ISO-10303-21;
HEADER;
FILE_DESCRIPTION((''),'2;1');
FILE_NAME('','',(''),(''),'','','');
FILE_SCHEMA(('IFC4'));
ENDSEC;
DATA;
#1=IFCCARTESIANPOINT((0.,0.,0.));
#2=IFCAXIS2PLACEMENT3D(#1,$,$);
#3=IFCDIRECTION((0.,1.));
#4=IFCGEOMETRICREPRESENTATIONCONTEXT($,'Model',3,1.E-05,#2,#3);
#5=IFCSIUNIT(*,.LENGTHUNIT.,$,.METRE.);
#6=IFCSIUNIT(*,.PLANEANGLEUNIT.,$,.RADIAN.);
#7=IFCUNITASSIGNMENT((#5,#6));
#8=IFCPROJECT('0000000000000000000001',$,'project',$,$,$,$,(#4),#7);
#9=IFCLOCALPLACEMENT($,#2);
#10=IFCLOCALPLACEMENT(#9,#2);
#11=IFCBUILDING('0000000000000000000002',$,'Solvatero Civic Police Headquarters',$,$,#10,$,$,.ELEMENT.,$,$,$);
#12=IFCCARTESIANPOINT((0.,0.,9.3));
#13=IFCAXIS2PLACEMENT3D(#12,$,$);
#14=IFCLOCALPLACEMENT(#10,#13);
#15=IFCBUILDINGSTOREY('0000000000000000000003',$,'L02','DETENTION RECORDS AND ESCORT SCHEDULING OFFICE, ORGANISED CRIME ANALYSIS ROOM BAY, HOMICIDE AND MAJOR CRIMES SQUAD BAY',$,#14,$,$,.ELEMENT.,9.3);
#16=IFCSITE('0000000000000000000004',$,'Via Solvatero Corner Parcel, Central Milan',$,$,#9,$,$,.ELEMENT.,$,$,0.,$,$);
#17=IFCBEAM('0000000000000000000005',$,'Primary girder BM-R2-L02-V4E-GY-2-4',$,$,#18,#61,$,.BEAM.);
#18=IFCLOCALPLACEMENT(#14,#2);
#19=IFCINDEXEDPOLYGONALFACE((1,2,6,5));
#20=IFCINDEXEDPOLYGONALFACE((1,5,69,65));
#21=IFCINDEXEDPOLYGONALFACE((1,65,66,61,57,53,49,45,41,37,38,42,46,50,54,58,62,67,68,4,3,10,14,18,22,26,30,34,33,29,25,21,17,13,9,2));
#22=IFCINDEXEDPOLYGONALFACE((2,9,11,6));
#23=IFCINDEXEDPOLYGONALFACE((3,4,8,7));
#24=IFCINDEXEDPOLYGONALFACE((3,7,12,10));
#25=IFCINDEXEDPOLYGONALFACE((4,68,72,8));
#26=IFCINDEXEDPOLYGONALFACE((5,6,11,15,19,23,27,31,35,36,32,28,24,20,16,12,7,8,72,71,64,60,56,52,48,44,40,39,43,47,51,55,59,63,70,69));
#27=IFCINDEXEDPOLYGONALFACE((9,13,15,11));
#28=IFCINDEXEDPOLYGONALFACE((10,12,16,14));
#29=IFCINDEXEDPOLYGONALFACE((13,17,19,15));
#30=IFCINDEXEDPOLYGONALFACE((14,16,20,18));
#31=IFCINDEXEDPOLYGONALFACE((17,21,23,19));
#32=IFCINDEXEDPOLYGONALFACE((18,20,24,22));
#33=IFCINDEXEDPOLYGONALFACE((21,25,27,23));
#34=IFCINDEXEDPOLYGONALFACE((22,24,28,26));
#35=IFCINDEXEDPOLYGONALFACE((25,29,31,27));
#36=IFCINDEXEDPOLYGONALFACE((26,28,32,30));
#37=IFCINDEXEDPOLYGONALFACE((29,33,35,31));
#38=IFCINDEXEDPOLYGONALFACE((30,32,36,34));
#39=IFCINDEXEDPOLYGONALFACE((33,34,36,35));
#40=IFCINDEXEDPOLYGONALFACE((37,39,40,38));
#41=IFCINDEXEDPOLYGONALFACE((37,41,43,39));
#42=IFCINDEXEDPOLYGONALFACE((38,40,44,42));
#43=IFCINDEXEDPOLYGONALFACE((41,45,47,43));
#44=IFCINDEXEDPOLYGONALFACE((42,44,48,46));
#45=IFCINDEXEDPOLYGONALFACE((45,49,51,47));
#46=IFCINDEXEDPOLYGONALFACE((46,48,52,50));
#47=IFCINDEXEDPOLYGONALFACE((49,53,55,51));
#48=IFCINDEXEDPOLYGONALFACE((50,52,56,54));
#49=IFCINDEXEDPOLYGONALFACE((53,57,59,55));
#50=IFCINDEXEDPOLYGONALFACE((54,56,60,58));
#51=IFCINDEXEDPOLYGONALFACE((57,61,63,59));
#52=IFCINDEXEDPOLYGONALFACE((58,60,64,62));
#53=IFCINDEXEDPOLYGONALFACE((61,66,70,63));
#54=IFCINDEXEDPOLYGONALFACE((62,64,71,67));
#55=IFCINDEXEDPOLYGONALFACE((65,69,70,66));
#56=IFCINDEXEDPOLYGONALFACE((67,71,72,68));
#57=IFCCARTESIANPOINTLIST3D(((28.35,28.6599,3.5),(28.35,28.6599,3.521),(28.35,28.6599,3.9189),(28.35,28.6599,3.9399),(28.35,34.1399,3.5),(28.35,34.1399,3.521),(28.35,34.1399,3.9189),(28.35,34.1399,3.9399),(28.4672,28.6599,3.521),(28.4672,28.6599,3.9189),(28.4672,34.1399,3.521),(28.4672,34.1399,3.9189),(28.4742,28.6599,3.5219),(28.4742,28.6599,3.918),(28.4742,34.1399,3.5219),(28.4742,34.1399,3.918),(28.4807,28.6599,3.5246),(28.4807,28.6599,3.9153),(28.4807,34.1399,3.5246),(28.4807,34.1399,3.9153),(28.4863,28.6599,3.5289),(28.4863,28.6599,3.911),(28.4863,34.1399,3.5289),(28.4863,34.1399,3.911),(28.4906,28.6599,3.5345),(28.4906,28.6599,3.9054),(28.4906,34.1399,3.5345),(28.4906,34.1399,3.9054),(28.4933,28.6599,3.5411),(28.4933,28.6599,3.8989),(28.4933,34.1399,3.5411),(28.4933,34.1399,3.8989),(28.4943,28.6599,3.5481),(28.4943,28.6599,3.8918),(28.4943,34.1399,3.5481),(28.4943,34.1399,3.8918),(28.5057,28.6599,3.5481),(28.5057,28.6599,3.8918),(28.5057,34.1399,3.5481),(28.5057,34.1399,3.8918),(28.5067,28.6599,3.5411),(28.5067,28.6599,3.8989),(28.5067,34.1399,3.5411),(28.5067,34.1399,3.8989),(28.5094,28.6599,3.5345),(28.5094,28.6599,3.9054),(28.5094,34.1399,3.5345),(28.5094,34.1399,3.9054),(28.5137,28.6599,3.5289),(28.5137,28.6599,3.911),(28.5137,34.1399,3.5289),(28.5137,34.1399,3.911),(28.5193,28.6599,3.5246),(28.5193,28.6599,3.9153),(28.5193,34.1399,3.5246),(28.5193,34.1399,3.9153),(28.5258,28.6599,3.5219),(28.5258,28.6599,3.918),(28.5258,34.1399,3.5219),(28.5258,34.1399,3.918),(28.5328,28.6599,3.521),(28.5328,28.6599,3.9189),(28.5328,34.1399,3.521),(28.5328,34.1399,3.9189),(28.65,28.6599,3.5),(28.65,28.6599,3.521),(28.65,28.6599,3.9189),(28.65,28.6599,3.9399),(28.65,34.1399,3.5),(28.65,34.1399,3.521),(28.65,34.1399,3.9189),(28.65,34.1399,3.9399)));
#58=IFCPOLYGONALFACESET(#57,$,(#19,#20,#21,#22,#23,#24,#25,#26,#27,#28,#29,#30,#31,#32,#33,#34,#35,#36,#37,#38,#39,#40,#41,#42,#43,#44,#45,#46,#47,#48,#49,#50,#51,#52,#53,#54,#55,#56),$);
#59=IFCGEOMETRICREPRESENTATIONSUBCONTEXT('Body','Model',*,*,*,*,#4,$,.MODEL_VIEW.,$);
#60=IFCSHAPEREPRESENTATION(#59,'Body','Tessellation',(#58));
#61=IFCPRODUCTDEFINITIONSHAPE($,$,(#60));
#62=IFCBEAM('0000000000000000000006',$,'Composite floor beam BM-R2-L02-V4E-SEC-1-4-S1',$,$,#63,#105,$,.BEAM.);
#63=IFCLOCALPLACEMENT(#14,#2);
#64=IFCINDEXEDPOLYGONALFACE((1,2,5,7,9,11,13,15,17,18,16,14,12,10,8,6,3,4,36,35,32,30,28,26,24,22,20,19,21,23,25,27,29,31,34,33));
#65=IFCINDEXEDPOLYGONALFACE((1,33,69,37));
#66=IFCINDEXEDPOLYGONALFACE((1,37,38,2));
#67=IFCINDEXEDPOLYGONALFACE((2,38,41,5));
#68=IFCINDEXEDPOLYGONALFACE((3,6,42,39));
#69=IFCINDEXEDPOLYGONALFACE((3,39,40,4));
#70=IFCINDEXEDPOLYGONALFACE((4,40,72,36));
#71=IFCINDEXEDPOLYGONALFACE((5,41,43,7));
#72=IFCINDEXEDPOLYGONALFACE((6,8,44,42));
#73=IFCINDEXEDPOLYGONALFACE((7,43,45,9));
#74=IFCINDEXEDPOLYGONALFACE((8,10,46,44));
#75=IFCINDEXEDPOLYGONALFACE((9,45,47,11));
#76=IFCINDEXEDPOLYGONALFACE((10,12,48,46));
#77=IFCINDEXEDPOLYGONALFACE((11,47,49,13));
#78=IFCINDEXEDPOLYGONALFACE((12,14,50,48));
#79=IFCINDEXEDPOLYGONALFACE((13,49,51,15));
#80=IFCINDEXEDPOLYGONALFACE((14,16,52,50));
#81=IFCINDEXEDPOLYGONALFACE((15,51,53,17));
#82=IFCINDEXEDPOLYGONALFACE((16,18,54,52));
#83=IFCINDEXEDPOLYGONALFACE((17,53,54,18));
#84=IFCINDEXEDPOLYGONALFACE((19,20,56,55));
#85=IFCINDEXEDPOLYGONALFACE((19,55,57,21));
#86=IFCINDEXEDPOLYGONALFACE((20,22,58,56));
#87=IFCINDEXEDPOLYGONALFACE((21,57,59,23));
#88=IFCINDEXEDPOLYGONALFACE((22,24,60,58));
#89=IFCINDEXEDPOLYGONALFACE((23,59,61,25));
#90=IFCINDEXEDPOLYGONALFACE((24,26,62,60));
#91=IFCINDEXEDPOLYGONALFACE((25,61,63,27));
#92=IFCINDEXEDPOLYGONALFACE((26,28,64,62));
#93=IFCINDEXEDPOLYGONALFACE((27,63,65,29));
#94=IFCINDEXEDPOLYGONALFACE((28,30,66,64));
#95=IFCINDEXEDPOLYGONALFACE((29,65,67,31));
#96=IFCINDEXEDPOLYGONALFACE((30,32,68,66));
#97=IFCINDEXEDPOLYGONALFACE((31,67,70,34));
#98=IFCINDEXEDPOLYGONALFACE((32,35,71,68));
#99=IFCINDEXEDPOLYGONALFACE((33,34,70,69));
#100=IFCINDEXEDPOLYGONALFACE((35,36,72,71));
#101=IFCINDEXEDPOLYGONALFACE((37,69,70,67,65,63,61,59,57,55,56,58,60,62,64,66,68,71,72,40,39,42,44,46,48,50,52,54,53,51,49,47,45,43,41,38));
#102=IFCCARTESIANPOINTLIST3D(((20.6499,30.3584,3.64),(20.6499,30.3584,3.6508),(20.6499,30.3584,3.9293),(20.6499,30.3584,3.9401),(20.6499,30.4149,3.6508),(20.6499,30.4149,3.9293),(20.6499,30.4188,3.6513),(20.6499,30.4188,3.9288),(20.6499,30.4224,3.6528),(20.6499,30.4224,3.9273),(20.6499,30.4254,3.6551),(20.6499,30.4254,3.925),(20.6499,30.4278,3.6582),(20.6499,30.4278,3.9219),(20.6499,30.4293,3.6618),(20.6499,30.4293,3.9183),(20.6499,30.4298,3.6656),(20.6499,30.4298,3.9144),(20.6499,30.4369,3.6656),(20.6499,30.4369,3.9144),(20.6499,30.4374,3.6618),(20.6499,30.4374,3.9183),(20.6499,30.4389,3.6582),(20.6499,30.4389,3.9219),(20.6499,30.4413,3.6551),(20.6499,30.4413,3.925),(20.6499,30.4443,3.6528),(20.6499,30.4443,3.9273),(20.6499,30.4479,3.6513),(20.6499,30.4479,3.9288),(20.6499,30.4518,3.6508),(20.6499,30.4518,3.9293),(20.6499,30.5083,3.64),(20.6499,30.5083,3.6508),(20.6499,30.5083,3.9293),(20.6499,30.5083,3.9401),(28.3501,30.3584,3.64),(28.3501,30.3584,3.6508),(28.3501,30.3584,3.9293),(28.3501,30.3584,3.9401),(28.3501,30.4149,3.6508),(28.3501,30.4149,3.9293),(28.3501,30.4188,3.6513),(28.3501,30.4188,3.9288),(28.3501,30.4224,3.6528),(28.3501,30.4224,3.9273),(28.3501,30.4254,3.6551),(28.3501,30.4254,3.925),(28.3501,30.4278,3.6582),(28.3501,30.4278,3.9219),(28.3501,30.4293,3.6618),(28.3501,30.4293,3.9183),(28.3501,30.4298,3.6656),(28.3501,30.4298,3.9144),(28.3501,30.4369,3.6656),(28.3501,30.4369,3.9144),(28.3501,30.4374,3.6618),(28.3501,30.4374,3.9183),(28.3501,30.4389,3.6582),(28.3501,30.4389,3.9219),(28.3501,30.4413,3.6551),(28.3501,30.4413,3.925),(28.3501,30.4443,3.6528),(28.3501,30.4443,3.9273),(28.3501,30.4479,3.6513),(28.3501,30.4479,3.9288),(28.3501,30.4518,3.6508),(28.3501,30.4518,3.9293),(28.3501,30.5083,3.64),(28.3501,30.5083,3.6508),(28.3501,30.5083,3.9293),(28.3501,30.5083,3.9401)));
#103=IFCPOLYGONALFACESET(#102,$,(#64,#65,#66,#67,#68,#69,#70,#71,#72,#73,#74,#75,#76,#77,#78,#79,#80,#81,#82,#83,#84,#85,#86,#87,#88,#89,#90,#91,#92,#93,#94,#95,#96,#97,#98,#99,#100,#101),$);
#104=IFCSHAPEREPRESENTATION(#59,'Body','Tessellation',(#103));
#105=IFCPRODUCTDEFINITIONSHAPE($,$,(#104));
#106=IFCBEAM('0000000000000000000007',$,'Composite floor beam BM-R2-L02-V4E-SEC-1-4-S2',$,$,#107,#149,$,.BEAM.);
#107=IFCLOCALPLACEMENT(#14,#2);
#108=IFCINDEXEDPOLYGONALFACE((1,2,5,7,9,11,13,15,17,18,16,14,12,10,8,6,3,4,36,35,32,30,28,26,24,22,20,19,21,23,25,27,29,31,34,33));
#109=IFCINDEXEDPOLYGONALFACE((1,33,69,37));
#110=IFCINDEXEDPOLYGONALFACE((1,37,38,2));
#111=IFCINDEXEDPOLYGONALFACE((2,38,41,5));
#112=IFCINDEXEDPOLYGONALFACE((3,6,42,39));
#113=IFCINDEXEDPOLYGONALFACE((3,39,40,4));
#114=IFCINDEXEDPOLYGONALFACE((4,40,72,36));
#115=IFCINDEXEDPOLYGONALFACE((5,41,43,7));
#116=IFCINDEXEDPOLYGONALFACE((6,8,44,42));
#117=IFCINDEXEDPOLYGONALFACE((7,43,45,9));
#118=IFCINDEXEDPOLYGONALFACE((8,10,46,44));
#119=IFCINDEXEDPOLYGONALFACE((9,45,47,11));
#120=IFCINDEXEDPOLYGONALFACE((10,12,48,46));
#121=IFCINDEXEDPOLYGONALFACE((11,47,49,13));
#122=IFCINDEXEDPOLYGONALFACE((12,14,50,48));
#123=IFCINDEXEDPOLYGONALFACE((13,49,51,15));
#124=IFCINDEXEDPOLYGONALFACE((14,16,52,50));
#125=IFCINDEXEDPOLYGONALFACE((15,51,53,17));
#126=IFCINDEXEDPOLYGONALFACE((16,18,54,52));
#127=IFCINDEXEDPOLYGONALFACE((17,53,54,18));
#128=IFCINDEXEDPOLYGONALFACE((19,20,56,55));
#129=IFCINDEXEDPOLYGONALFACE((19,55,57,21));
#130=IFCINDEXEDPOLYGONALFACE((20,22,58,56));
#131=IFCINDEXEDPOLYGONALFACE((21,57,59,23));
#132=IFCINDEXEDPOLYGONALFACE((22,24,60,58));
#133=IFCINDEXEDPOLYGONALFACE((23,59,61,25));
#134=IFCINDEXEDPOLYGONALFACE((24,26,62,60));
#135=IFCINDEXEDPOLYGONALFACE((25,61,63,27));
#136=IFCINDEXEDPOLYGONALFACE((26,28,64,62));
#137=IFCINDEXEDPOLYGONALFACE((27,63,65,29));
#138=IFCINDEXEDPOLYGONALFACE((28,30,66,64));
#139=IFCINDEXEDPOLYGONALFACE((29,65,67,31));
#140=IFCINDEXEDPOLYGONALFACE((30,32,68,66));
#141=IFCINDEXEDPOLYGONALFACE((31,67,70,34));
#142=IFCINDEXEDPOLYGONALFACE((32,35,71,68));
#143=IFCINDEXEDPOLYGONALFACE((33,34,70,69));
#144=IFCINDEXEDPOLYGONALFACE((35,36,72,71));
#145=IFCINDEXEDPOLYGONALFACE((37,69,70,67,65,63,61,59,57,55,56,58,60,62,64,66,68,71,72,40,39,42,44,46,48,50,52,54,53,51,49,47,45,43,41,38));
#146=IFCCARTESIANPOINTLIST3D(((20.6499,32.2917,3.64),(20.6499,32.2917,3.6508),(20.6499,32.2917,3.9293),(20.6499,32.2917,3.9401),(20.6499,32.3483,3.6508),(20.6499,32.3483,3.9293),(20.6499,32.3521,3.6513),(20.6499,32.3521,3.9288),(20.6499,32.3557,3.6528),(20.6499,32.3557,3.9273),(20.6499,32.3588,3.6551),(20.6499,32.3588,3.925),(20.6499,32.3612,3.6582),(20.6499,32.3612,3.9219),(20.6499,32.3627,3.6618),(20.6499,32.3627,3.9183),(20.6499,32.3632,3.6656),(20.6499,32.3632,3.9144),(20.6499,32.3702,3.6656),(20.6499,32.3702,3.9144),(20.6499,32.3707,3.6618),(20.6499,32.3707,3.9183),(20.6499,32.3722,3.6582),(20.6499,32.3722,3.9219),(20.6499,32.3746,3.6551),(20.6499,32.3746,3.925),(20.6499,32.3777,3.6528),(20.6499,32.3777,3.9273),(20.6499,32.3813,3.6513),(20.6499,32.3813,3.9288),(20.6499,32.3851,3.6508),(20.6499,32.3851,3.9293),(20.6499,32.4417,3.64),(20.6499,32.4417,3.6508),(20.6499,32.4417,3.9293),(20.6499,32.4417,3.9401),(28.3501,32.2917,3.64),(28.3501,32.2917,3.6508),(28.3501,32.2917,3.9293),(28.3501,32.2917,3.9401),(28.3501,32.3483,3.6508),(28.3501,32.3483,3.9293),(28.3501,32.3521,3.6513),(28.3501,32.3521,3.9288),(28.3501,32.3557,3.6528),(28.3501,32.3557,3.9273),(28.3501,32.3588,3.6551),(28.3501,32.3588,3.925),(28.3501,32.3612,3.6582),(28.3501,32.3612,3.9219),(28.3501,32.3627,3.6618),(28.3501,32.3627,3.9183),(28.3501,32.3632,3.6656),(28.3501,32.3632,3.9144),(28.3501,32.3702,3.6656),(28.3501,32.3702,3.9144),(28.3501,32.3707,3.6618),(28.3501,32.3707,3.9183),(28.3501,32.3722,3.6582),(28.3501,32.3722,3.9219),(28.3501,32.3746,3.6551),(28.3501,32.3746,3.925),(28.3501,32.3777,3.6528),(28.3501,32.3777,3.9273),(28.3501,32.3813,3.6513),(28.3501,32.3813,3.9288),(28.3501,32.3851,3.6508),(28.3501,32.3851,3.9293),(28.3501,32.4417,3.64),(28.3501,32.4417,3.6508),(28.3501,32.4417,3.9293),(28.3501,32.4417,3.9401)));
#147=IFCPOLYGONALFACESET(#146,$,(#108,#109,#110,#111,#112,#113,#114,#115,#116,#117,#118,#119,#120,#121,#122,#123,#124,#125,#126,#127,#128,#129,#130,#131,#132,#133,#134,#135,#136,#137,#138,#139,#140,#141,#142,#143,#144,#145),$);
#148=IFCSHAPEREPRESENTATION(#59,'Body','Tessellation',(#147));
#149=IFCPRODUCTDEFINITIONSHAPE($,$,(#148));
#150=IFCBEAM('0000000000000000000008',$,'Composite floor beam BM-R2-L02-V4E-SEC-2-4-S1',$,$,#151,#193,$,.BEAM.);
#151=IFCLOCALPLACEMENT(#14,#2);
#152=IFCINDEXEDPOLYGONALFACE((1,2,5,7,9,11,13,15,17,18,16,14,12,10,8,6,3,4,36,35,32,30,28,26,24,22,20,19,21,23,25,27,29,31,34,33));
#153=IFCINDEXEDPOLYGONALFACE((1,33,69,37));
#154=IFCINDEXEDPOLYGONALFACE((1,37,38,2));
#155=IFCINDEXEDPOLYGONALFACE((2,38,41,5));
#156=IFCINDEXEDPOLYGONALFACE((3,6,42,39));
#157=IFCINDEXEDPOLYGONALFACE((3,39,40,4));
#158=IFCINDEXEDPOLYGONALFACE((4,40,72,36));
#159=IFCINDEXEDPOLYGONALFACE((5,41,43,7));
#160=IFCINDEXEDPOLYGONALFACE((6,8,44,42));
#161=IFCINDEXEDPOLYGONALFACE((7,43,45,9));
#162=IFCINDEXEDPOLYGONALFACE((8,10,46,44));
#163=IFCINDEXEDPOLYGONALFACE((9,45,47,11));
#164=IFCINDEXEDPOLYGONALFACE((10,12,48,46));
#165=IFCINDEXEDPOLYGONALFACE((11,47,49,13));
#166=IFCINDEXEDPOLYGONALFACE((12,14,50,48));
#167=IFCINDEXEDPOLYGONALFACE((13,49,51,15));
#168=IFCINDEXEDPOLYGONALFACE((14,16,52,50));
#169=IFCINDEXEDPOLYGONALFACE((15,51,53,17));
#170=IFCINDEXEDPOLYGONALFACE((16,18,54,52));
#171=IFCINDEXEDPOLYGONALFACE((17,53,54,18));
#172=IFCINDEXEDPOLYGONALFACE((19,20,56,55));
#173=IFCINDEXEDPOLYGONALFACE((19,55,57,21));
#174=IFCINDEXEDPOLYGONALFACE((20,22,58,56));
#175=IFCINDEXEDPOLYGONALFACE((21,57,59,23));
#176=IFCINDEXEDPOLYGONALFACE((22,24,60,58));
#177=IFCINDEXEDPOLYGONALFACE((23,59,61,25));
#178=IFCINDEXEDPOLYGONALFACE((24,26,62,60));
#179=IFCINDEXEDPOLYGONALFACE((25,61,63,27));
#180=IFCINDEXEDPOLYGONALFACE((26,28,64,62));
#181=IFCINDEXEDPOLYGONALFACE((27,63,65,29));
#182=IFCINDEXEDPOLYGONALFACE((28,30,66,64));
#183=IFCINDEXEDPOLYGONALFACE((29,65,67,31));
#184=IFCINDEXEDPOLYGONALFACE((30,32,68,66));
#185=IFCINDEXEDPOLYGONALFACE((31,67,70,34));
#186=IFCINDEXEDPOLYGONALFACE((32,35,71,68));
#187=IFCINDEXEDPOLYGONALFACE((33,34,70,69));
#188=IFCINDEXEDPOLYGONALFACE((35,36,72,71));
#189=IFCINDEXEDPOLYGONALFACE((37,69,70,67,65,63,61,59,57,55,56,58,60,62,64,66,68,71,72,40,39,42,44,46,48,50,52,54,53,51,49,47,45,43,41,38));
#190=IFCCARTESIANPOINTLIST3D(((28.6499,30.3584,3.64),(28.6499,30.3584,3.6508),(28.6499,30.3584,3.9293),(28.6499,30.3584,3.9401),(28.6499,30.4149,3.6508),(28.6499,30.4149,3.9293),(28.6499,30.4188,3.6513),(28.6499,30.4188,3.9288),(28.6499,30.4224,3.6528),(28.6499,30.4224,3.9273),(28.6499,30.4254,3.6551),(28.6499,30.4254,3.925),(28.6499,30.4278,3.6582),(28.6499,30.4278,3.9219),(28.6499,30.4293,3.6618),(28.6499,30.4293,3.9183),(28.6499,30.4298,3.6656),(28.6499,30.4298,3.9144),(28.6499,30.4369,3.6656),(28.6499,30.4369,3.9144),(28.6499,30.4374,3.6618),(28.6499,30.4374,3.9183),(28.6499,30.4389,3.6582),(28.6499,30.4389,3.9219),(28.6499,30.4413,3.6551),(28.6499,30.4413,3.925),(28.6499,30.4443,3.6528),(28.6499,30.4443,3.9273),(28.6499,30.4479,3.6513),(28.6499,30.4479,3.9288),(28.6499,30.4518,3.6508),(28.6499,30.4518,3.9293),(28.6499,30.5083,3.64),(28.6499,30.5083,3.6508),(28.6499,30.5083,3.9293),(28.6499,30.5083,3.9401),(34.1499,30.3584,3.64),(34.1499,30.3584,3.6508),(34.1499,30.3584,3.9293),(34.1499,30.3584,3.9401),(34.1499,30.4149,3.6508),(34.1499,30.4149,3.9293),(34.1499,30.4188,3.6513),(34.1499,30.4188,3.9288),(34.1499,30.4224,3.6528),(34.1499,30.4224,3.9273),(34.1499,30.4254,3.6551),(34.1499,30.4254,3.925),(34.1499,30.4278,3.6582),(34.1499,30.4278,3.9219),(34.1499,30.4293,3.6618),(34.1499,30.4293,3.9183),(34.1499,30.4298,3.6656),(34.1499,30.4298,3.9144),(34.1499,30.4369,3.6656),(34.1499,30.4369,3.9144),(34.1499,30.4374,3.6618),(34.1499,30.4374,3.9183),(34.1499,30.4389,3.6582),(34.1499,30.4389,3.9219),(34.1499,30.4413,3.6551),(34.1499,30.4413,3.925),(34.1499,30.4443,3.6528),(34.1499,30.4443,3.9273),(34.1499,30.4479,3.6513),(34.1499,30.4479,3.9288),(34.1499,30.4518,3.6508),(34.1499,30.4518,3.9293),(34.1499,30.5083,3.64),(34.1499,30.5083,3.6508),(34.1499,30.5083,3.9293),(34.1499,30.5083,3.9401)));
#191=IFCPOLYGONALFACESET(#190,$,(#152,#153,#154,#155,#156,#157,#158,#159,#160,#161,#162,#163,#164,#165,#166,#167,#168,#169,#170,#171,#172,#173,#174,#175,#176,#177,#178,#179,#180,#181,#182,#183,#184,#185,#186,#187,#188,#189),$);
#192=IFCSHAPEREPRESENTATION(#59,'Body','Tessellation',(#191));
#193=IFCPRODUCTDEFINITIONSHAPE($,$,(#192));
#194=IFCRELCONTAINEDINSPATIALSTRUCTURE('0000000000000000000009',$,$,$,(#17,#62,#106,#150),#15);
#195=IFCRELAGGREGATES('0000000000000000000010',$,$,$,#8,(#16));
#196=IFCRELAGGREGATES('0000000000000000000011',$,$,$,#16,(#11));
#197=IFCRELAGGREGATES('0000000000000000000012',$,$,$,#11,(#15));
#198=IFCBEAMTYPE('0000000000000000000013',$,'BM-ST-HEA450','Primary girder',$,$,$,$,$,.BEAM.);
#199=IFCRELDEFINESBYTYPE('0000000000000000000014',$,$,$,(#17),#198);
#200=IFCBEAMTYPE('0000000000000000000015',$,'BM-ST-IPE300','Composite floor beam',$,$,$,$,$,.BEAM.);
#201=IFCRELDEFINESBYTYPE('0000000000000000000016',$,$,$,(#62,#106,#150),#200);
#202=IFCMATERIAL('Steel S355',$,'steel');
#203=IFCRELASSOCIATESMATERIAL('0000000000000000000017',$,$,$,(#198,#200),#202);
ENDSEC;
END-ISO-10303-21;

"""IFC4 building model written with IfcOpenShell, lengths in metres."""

from ifc_helpers import new_model, si_unit, direction, frame, origin, origin_2d, place, context, subcontext, project, spatial, i_section, extrude, material, material_profile, profile_set, type_object, element, save


model = new_model("IFC4")

# Units and contexts
model_context = context("Model", 3, precision=1e-05, world=origin(), true_north=direction((0.0, 1.0)))
body_context = subcontext(model_context, "Body", "Model", "MODEL_VIEW")
ifc_project = project(units=[si_unit("LENGTHUNIT", "METRE"), si_unit("PLANEANGLEUNIT", "RADIAN")], contexts=[model_context])

# Site, building, storey
site_placement = place(None, origin())
site = spatial("IfcSite", under=ifc_project, at=site_placement, Name="Via Solvatero Corner Parcel, Central Milan", CompositionType="ELEMENT", RefElevation=0.0)
building_placement = place(site_placement, origin())
building = spatial("IfcBuilding", under=site, at=building_placement, Name="Solvatero Civic Police Headquarters", CompositionType="ELEMENT")
storey_placement = place(building_placement, frame((0.0, 0.0, 9.3)))
storey = spatial("IfcBuildingStorey", under=building, at=storey_placement, Name="L02", Description="DETENTION RECORDS AND ESCORT SCHEDULING OFFICE, ORGANISED CRIME ANALYSIS ROOM BAY, HOMICIDE AND MAJOR CRIMES SQUAD BAY", CompositionType="ELEMENT", Elevation=9.3)

# Shared definitions
ifc_material_1 = material(Name="Steel S355", Category="steel")

# Beams
ifc_material_profile_1 = material_profile(ifc_material_1, i_section(OverallWidth=0.3, OverallDepth=0.4399, WebThickness=0.0115, FlangeThickness=0.021, FilletRadius=0.0271, at=origin_2d()), Name="HEA 450")
ifc_profile_set_1 = profile_set([ifc_material_profile_1], Name="Steel S355")
beam_type_1 = type_object("IfcBeamType", Name="BM-ST-HEA450", Description="Primary girder", PredefinedType="BEAM", material=ifc_profile_set_1)
beam_1_placement = place(storey_placement, frame((28.5, 28.6599, 3.72), z_axis=(0.0, 1.0, 0.0), x_axis=(-1.0, 0.0, 0.0)))
element("IfcBeam", 1, at=beam_1_placement, inside=storey, type_object=beam_type_1, Name="Primary girder BM-R2-L02-V4E-GY-2-4", PredefinedType="BEAM", context=body_context, shape_type="SweptSolid", body=[
    extrude(i_section(OverallWidth=0.3, OverallDepth=0.4399, WebThickness=0.0115, FlangeThickness=0.021, FilletRadius=0.0271, at=origin_2d()), origin(), (0.0, 0.0, 1.0), 5.48),
])
ifc_material_profile_2 = material_profile(ifc_material_1, i_section(OverallWidth=0.1499, OverallDepth=0.3, WebThickness=0.0071, FlangeThickness=0.0107, FilletRadius=0.0149, at=origin_2d()), Name="IPE 300")
ifc_profile_set_2 = profile_set([ifc_material_profile_2], Name="Steel S355")
beam_type_2 = type_object("IfcBeamType", Name="BM-ST-IPE300", Description="Composite floor beam", PredefinedType="BEAM", material=ifc_profile_set_2)
for number, where, z_axis, x_axis, name in (
    (2, (20.6499, 30.4333, 3.79), (1.0, 0.0, 0.0), (0.0, 1.0, 0.0), "Composite floor beam BM-R2-L02-V4E-SEC-1-4-S1"),
    (3, (20.6499, 32.3667, 3.79), (1.0, 0.0, 0.0), (0.0, 1.0, 0.0), "Composite floor beam BM-R2-L02-V4E-SEC-1-4-S2"),
):
    element("IfcBeam", number, at=place(storey_placement, frame(where, z_axis=z_axis, x_axis=x_axis)), inside=storey, type_object=beam_type_2, Name=name, PredefinedType="BEAM", context=body_context, shape_type="SweptSolid", body=[
        extrude(i_section(OverallWidth=0.1499, OverallDepth=0.3, WebThickness=0.0071, FlangeThickness=0.0107, FilletRadius=0.0149, at=origin_2d()), origin(), (0.0, 0.0, 1.0), 7.7002),
    ])
for number, where, z_axis, x_axis, name in (
    (4, (28.6499, 30.4333, 3.79), (1.0, 0.0, 0.0), (0.0, 1.0, 0.0), "Composite floor beam BM-R2-L02-V4E-SEC-2-4-S1"),
):
    element("IfcBeam", number, at=place(storey_placement, frame(where, z_axis=z_axis, x_axis=x_axis)), inside=storey, type_object=beam_type_2, Name=name, PredefinedType="BEAM", context=body_context, shape_type="SweptSolid", body=[
        extrude(i_section(OverallWidth=0.1499, OverallDepth=0.3, WebThickness=0.0071, FlangeThickness=0.0107, FilletRadius=0.0149, at=origin_2d()), origin(), (0.0, 0.0, 1.0), 5.5),
    ])

save(model, "model.ifc")
